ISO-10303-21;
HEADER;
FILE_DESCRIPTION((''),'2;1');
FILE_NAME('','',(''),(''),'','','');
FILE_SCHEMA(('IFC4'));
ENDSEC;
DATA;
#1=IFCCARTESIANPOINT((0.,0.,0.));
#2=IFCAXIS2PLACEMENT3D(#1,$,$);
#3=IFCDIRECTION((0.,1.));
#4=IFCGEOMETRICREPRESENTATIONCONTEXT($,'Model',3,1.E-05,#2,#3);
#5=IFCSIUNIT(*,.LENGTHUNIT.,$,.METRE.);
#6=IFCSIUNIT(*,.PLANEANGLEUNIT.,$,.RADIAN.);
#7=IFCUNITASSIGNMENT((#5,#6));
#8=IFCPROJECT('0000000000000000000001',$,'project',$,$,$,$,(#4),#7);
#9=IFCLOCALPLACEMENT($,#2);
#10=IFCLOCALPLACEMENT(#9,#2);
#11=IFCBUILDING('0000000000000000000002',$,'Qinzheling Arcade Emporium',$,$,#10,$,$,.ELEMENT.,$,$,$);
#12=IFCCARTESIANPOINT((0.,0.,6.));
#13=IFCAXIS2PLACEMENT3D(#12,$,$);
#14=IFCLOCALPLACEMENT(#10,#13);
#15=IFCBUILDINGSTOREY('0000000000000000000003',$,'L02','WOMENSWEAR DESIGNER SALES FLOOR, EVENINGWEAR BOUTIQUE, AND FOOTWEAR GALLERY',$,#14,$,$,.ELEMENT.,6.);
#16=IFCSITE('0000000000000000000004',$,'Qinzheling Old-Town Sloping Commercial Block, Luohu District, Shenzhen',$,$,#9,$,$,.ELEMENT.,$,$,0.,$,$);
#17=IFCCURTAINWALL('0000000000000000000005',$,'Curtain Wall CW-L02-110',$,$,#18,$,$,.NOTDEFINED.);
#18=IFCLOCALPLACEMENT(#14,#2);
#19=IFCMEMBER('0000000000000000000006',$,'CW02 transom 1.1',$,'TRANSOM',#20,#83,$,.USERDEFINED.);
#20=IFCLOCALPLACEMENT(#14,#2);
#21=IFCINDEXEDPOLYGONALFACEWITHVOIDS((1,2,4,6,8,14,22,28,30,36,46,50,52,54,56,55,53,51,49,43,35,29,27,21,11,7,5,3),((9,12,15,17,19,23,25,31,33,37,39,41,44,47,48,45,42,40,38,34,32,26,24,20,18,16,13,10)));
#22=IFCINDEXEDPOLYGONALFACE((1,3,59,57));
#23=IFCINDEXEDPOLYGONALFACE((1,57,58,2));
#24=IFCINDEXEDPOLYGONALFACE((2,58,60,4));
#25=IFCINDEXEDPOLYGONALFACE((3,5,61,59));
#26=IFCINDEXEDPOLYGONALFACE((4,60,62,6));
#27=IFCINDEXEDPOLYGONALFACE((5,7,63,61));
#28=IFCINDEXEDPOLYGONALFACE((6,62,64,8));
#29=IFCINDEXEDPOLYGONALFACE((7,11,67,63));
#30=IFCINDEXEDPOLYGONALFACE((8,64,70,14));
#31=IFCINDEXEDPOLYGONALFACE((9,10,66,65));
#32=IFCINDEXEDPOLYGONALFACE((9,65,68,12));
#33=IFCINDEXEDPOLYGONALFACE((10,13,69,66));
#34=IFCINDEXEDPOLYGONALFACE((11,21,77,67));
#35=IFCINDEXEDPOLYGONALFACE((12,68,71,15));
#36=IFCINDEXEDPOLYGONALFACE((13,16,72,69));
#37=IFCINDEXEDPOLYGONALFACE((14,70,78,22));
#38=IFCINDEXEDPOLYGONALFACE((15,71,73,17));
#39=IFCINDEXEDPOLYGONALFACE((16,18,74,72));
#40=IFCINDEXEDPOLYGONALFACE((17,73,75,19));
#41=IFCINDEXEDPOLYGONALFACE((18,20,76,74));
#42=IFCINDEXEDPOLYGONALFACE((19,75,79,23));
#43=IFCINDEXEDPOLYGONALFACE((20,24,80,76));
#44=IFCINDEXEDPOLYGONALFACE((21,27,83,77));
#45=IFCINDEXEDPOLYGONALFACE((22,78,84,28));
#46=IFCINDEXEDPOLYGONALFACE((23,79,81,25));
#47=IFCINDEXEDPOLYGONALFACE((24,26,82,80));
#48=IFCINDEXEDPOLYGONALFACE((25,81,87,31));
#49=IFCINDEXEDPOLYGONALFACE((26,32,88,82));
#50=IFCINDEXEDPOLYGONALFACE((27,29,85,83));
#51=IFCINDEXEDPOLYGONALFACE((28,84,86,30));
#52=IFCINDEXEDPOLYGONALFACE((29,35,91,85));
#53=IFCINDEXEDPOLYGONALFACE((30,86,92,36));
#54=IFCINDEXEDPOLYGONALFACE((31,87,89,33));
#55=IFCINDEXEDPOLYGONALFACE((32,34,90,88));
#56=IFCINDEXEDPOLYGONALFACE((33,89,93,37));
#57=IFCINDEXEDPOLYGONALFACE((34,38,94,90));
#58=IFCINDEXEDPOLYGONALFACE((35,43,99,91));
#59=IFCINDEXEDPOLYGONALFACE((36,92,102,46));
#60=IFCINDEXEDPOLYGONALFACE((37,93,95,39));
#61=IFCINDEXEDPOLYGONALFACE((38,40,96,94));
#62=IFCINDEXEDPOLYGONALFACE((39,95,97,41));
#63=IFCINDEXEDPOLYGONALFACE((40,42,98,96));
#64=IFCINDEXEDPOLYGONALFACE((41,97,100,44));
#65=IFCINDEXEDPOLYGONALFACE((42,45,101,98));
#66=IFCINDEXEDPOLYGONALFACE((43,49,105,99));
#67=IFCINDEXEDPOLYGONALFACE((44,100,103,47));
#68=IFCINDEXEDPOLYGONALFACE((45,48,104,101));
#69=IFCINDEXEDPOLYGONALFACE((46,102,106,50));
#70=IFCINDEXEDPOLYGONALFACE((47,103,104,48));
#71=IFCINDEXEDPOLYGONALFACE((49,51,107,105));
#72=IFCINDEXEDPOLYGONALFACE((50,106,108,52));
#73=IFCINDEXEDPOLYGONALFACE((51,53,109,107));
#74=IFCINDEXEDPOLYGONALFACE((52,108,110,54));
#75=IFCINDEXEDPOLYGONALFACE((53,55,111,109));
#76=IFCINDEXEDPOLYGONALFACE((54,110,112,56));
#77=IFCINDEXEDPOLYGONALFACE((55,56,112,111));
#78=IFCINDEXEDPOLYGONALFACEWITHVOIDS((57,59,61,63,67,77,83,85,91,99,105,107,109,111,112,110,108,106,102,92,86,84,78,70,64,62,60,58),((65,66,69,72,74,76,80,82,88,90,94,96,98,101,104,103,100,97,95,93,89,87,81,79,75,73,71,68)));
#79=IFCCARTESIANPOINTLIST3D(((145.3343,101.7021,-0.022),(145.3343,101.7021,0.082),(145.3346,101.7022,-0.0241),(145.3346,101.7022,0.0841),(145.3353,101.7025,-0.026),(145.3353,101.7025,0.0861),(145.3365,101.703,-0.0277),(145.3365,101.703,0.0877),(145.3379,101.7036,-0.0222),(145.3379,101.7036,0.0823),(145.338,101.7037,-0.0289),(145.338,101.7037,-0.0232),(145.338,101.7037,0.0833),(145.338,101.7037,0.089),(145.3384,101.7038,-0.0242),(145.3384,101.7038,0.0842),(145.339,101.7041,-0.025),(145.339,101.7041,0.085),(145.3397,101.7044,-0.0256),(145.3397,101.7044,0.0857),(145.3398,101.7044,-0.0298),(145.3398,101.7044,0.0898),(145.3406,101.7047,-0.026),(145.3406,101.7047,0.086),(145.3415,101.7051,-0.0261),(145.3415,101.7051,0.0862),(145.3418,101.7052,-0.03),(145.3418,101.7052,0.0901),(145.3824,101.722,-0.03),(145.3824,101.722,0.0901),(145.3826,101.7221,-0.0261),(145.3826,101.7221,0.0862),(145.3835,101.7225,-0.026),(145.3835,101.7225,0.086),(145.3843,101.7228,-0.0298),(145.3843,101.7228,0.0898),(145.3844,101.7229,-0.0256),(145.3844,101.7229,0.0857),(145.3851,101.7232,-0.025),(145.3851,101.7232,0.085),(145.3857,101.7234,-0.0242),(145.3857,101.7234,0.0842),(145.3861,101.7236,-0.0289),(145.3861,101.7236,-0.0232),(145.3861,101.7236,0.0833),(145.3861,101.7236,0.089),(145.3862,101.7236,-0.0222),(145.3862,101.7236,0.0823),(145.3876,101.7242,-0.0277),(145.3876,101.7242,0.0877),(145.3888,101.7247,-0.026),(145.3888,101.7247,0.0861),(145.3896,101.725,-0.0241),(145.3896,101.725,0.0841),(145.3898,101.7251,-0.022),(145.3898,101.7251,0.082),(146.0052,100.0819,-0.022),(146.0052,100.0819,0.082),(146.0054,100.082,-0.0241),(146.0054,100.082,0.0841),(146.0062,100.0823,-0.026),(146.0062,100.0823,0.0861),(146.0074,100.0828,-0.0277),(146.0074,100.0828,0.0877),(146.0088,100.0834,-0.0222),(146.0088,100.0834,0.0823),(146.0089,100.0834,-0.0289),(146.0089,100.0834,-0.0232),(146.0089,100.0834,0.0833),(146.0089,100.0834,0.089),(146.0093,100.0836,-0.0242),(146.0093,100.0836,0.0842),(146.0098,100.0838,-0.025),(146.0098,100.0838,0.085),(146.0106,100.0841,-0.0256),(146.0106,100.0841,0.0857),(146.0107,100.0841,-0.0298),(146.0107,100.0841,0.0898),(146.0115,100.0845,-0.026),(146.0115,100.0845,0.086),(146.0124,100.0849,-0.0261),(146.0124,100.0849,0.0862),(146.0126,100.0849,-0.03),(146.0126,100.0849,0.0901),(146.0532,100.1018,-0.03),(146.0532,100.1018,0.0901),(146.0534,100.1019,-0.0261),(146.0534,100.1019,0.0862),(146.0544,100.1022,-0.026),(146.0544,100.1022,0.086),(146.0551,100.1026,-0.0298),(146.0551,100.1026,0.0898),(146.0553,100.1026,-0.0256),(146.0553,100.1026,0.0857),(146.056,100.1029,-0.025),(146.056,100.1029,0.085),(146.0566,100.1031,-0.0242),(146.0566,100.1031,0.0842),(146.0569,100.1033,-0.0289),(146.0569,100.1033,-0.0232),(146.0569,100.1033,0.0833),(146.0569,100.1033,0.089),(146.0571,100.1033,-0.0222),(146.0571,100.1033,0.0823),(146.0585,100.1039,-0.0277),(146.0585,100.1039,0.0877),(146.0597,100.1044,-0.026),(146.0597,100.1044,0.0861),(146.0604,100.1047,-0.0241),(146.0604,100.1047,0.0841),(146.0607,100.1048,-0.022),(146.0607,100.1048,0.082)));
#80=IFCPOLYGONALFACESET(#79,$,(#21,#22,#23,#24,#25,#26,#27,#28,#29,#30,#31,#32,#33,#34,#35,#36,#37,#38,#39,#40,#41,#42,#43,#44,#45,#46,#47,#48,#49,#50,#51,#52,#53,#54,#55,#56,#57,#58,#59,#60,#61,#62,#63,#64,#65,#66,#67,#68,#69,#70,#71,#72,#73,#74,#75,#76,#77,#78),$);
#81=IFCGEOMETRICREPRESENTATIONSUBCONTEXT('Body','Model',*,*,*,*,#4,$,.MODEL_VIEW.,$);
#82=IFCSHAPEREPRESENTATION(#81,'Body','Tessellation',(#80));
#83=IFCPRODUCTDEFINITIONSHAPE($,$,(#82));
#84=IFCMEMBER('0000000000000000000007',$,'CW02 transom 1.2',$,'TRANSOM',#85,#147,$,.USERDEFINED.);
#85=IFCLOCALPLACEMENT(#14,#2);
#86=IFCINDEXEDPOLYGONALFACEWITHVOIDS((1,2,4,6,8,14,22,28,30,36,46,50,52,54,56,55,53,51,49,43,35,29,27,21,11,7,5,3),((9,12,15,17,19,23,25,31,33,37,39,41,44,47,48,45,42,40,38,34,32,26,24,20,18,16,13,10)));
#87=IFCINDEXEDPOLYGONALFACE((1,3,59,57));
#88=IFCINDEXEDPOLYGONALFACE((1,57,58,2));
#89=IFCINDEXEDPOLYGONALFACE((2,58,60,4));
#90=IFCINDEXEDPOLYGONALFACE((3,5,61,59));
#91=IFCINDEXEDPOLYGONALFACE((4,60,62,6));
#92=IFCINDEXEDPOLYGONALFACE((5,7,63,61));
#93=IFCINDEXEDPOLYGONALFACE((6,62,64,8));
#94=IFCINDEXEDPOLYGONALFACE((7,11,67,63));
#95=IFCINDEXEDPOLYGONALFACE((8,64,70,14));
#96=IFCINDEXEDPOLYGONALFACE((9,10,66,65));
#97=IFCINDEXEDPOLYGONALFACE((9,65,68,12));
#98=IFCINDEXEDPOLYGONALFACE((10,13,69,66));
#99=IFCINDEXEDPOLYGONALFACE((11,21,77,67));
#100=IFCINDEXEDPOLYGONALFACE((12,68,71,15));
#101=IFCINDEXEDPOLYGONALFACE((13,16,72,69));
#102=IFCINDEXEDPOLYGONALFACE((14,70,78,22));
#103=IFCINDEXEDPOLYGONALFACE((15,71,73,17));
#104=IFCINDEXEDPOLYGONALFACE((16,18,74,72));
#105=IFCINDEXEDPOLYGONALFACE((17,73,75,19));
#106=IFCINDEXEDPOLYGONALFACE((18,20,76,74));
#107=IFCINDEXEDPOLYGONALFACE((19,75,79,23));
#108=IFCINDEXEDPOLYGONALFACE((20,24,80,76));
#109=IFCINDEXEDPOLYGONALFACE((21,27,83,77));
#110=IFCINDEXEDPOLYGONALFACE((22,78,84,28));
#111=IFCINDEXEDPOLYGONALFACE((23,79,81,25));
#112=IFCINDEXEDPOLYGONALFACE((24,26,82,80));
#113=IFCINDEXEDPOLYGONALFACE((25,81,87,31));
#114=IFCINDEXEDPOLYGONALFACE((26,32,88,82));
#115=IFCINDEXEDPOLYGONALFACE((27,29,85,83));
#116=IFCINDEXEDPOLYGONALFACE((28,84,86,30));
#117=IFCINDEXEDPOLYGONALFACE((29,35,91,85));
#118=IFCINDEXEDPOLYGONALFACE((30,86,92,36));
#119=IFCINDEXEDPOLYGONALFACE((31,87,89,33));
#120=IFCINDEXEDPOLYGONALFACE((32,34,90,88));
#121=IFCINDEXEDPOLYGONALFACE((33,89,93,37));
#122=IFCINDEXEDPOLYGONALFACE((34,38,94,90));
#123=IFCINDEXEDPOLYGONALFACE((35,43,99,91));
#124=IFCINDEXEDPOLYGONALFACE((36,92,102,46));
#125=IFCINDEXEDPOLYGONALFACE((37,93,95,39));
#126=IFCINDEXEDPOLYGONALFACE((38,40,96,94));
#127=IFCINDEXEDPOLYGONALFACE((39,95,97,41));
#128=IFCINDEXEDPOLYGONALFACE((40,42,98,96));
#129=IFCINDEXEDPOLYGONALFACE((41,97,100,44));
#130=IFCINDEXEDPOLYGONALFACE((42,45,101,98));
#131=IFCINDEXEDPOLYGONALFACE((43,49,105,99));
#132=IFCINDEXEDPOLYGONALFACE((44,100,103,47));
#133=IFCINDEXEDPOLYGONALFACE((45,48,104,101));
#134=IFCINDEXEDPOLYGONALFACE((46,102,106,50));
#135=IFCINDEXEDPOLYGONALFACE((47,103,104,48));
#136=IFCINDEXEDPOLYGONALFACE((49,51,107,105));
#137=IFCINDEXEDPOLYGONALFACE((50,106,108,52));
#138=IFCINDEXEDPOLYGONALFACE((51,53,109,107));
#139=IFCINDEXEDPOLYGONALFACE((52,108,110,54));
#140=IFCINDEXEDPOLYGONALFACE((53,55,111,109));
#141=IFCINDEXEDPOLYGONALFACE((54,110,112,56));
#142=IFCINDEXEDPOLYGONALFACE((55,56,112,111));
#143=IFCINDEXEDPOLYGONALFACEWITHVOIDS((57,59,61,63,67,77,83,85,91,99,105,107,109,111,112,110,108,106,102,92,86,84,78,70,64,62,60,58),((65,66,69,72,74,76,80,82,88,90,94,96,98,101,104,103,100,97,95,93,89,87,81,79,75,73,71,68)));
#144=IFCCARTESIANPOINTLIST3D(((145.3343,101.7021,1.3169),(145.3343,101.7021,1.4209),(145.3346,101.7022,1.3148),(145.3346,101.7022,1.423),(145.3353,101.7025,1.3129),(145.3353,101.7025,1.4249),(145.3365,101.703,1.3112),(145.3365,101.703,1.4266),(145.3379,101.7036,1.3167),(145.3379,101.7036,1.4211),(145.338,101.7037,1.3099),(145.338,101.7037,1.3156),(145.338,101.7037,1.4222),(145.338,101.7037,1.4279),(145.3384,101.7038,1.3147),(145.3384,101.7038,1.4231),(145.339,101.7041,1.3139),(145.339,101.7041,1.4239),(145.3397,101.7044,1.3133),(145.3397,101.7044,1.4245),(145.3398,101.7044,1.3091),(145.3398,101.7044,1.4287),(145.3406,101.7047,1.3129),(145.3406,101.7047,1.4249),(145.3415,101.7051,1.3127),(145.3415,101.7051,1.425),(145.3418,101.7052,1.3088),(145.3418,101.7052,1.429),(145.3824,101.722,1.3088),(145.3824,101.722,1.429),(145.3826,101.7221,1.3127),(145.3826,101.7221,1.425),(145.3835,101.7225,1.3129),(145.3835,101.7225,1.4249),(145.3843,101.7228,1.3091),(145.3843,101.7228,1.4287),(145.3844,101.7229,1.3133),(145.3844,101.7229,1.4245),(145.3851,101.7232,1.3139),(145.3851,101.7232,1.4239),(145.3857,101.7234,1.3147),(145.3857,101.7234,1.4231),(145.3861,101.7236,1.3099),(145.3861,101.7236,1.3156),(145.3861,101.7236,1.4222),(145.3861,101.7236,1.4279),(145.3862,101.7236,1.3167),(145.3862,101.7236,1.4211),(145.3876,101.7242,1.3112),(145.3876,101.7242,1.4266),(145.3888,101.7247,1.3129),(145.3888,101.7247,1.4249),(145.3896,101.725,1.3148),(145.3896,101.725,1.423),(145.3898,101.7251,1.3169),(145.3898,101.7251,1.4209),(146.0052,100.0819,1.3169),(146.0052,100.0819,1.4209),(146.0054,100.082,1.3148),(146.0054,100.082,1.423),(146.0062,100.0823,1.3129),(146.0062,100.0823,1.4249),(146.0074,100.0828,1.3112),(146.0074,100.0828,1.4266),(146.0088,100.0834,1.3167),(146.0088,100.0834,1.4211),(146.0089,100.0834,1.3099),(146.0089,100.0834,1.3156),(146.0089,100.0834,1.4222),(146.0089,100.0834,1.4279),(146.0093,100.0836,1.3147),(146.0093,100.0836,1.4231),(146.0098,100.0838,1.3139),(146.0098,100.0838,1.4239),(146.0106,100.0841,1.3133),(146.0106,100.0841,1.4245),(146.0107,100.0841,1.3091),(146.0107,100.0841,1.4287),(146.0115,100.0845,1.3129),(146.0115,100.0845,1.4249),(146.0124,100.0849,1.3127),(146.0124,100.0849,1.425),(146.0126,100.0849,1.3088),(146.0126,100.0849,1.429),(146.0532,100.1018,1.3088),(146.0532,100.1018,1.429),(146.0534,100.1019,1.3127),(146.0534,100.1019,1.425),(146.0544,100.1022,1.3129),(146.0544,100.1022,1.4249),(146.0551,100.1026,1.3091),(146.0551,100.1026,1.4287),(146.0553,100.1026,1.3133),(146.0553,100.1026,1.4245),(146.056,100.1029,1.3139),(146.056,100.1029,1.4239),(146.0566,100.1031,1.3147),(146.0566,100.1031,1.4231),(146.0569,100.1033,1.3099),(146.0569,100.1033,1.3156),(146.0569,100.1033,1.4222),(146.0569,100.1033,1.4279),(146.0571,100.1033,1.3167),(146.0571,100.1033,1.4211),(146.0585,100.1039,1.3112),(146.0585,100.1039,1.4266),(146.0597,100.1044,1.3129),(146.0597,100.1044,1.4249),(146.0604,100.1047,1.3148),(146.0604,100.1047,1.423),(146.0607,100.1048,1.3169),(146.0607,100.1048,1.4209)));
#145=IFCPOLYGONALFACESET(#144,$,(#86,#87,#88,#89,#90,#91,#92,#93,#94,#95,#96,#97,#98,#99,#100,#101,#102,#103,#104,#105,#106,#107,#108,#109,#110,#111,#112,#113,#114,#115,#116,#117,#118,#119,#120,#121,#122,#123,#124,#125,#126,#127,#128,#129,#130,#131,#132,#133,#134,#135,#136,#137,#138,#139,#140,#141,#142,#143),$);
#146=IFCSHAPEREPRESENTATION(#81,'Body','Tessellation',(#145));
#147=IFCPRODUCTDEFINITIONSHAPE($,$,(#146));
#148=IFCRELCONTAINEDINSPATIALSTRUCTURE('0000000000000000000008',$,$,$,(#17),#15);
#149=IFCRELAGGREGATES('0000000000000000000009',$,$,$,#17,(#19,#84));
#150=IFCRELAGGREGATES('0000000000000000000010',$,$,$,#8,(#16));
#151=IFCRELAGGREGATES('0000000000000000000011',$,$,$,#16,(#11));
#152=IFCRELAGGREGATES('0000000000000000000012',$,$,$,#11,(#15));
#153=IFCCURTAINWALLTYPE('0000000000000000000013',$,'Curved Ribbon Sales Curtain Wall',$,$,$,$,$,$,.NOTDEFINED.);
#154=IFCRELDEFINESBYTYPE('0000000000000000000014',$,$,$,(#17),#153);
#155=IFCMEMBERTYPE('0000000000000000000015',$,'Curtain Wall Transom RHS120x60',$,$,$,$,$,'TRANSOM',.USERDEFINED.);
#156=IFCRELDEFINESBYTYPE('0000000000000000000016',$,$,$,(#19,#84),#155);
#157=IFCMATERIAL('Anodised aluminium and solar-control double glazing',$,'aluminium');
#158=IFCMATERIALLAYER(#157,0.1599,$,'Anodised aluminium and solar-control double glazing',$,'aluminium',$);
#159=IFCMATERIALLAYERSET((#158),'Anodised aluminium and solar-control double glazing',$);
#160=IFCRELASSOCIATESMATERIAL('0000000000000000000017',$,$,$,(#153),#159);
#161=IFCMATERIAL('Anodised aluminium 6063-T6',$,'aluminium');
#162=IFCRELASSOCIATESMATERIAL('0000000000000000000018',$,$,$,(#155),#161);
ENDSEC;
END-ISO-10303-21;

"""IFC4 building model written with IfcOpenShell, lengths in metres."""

from ifc_helpers import new_model, si_unit, direction, frame, origin, origin_2d, place, context, subcontext, project, spatial, hollow_rectangle, extrude, material, layer, layer_set, material_profile, profile_set, type_object, element, aggregate, save


model = new_model("IFC4")

# Units and contexts
model_context = context("Model", 3, precision=1e-05, world=origin(), true_north=direction((0.0, 1.0)))
body_context = subcontext(model_context, "Body", "Model", "MODEL_VIEW")
ifc_project = project(units=[si_unit("LENGTHUNIT", "METRE"), si_unit("PLANEANGLEUNIT", "RADIAN")], contexts=[model_context])

# Site, building, storey
site_placement = place(None, origin())
site = spatial("IfcSite", under=ifc_project, at=site_placement, Name="Qinzheling Old-Town Sloping Commercial Block, Luohu District, Shenzhen", CompositionType="ELEMENT", RefElevation=0.0)
building_placement = place(site_placement, origin())
building = spatial("IfcBuilding", under=site, at=building_placement, Name="Qinzheling Arcade Emporium", CompositionType="ELEMENT")
storey_placement = place(building_placement, frame((0.0, 0.0, 6.0)))
storey = spatial("IfcBuildingStorey", under=building, at=storey_placement, Name="L02", Description="WOMENSWEAR DESIGNER SALES FLOOR, EVENINGWEAR BOUTIQUE, AND FOOTWEAR GALLERY", CompositionType="ELEMENT", Elevation=6.0)

# Shared definitions
ifc_material_1 = material(Name="Anodised aluminium and solar-control double glazing", Category="aluminium")
ifc_layer_1 = layer(ifc_material_1, 0.1599, Name="Anodised aluminium and solar-control double glazing", Category="aluminium")
ifc_layer_set_1 = layer_set([ifc_layer_1], Name="Anodised aluminium and solar-control double glazing")
curtain_wall_type = type_object("IfcCurtainWallType", Name="Curved Ribbon Sales Curtain Wall", PredefinedType="NOTDEFINED", material=ifc_layer_set_1)
ifc_material_2 = material(Name="Anodised aluminium 6063-T6", Category="aluminium")

# Curtain wall, members
curtain_wall_1_placement = place(storey_placement, origin())
curtain_wall_1 = element("IfcCurtainWall", 1, at=curtain_wall_1_placement, inside=storey, type_object=curtain_wall_type, Name="Curtain Wall CW-L02-110", PredefinedType="NOTDEFINED")
ifc_material_profile_1 = material_profile(ifc_material_2, hollow_rectangle(XDim=0.0601, YDim=0.1201, WallThickness=0.0039, InnerFilletRadius=0.0039, OuterFilletRadius=0.0081, at=origin_2d()), Name="RHS 120x60x4", Category="aluminium")
ifc_profile_set_1 = profile_set([ifc_material_profile_1], Name="Anodised aluminium 6063-T6")
member_type_1 = type_object("IfcMemberType", Name="Curtain Wall Transom RHS120x60", ElementType="TRANSOM", PredefinedType="USERDEFINED", material=ifc_profile_set_1)
member_1_placement = place(storey_placement, frame((145.3621, 101.7136, 0.03), z_axis=(0.382549, -0.923935, 0.0), x_axis=(0.923935, 0.382549, 0.0)))
member_1 = element("IfcMember", 2, at=member_1_placement, type_object=member_type_1, Name="CW02 transom 1.1", ObjectType="TRANSOM", PredefinedType="USERDEFINED", context=body_context, shape_type="SweptSolid", body=[
    extrude(hollow_rectangle(XDim=0.0601, YDim=0.1201, WallThickness=0.0039, InnerFilletRadius=0.0039, OuterFilletRadius=0.0081, at=origin_2d()), origin(), (0.0, 0.0, 1.0), 1.7537),
])
member_2_placement = place(storey_placement, frame((145.3621, 101.7136, 1.3689), z_axis=(0.382549, -0.923935, 0.0), x_axis=(0.923935, 0.382549, 0.0)))
member_2 = element("IfcMember", 3, at=member_2_placement, type_object=member_type_1, Name="CW02 transom 1.2", ObjectType="TRANSOM", PredefinedType="USERDEFINED", context=body_context, shape_type="SweptSolid", body=[
    extrude(hollow_rectangle(XDim=0.0601, YDim=0.1201, WallThickness=0.0039, InnerFilletRadius=0.0039, OuterFilletRadius=0.0081, at=origin_2d()), origin(), (0.0, 0.0, 1.0), 1.7537),
])

aggregate(curtain_wall_1, [member_1, member_2])

save(model, "model.ifc")
